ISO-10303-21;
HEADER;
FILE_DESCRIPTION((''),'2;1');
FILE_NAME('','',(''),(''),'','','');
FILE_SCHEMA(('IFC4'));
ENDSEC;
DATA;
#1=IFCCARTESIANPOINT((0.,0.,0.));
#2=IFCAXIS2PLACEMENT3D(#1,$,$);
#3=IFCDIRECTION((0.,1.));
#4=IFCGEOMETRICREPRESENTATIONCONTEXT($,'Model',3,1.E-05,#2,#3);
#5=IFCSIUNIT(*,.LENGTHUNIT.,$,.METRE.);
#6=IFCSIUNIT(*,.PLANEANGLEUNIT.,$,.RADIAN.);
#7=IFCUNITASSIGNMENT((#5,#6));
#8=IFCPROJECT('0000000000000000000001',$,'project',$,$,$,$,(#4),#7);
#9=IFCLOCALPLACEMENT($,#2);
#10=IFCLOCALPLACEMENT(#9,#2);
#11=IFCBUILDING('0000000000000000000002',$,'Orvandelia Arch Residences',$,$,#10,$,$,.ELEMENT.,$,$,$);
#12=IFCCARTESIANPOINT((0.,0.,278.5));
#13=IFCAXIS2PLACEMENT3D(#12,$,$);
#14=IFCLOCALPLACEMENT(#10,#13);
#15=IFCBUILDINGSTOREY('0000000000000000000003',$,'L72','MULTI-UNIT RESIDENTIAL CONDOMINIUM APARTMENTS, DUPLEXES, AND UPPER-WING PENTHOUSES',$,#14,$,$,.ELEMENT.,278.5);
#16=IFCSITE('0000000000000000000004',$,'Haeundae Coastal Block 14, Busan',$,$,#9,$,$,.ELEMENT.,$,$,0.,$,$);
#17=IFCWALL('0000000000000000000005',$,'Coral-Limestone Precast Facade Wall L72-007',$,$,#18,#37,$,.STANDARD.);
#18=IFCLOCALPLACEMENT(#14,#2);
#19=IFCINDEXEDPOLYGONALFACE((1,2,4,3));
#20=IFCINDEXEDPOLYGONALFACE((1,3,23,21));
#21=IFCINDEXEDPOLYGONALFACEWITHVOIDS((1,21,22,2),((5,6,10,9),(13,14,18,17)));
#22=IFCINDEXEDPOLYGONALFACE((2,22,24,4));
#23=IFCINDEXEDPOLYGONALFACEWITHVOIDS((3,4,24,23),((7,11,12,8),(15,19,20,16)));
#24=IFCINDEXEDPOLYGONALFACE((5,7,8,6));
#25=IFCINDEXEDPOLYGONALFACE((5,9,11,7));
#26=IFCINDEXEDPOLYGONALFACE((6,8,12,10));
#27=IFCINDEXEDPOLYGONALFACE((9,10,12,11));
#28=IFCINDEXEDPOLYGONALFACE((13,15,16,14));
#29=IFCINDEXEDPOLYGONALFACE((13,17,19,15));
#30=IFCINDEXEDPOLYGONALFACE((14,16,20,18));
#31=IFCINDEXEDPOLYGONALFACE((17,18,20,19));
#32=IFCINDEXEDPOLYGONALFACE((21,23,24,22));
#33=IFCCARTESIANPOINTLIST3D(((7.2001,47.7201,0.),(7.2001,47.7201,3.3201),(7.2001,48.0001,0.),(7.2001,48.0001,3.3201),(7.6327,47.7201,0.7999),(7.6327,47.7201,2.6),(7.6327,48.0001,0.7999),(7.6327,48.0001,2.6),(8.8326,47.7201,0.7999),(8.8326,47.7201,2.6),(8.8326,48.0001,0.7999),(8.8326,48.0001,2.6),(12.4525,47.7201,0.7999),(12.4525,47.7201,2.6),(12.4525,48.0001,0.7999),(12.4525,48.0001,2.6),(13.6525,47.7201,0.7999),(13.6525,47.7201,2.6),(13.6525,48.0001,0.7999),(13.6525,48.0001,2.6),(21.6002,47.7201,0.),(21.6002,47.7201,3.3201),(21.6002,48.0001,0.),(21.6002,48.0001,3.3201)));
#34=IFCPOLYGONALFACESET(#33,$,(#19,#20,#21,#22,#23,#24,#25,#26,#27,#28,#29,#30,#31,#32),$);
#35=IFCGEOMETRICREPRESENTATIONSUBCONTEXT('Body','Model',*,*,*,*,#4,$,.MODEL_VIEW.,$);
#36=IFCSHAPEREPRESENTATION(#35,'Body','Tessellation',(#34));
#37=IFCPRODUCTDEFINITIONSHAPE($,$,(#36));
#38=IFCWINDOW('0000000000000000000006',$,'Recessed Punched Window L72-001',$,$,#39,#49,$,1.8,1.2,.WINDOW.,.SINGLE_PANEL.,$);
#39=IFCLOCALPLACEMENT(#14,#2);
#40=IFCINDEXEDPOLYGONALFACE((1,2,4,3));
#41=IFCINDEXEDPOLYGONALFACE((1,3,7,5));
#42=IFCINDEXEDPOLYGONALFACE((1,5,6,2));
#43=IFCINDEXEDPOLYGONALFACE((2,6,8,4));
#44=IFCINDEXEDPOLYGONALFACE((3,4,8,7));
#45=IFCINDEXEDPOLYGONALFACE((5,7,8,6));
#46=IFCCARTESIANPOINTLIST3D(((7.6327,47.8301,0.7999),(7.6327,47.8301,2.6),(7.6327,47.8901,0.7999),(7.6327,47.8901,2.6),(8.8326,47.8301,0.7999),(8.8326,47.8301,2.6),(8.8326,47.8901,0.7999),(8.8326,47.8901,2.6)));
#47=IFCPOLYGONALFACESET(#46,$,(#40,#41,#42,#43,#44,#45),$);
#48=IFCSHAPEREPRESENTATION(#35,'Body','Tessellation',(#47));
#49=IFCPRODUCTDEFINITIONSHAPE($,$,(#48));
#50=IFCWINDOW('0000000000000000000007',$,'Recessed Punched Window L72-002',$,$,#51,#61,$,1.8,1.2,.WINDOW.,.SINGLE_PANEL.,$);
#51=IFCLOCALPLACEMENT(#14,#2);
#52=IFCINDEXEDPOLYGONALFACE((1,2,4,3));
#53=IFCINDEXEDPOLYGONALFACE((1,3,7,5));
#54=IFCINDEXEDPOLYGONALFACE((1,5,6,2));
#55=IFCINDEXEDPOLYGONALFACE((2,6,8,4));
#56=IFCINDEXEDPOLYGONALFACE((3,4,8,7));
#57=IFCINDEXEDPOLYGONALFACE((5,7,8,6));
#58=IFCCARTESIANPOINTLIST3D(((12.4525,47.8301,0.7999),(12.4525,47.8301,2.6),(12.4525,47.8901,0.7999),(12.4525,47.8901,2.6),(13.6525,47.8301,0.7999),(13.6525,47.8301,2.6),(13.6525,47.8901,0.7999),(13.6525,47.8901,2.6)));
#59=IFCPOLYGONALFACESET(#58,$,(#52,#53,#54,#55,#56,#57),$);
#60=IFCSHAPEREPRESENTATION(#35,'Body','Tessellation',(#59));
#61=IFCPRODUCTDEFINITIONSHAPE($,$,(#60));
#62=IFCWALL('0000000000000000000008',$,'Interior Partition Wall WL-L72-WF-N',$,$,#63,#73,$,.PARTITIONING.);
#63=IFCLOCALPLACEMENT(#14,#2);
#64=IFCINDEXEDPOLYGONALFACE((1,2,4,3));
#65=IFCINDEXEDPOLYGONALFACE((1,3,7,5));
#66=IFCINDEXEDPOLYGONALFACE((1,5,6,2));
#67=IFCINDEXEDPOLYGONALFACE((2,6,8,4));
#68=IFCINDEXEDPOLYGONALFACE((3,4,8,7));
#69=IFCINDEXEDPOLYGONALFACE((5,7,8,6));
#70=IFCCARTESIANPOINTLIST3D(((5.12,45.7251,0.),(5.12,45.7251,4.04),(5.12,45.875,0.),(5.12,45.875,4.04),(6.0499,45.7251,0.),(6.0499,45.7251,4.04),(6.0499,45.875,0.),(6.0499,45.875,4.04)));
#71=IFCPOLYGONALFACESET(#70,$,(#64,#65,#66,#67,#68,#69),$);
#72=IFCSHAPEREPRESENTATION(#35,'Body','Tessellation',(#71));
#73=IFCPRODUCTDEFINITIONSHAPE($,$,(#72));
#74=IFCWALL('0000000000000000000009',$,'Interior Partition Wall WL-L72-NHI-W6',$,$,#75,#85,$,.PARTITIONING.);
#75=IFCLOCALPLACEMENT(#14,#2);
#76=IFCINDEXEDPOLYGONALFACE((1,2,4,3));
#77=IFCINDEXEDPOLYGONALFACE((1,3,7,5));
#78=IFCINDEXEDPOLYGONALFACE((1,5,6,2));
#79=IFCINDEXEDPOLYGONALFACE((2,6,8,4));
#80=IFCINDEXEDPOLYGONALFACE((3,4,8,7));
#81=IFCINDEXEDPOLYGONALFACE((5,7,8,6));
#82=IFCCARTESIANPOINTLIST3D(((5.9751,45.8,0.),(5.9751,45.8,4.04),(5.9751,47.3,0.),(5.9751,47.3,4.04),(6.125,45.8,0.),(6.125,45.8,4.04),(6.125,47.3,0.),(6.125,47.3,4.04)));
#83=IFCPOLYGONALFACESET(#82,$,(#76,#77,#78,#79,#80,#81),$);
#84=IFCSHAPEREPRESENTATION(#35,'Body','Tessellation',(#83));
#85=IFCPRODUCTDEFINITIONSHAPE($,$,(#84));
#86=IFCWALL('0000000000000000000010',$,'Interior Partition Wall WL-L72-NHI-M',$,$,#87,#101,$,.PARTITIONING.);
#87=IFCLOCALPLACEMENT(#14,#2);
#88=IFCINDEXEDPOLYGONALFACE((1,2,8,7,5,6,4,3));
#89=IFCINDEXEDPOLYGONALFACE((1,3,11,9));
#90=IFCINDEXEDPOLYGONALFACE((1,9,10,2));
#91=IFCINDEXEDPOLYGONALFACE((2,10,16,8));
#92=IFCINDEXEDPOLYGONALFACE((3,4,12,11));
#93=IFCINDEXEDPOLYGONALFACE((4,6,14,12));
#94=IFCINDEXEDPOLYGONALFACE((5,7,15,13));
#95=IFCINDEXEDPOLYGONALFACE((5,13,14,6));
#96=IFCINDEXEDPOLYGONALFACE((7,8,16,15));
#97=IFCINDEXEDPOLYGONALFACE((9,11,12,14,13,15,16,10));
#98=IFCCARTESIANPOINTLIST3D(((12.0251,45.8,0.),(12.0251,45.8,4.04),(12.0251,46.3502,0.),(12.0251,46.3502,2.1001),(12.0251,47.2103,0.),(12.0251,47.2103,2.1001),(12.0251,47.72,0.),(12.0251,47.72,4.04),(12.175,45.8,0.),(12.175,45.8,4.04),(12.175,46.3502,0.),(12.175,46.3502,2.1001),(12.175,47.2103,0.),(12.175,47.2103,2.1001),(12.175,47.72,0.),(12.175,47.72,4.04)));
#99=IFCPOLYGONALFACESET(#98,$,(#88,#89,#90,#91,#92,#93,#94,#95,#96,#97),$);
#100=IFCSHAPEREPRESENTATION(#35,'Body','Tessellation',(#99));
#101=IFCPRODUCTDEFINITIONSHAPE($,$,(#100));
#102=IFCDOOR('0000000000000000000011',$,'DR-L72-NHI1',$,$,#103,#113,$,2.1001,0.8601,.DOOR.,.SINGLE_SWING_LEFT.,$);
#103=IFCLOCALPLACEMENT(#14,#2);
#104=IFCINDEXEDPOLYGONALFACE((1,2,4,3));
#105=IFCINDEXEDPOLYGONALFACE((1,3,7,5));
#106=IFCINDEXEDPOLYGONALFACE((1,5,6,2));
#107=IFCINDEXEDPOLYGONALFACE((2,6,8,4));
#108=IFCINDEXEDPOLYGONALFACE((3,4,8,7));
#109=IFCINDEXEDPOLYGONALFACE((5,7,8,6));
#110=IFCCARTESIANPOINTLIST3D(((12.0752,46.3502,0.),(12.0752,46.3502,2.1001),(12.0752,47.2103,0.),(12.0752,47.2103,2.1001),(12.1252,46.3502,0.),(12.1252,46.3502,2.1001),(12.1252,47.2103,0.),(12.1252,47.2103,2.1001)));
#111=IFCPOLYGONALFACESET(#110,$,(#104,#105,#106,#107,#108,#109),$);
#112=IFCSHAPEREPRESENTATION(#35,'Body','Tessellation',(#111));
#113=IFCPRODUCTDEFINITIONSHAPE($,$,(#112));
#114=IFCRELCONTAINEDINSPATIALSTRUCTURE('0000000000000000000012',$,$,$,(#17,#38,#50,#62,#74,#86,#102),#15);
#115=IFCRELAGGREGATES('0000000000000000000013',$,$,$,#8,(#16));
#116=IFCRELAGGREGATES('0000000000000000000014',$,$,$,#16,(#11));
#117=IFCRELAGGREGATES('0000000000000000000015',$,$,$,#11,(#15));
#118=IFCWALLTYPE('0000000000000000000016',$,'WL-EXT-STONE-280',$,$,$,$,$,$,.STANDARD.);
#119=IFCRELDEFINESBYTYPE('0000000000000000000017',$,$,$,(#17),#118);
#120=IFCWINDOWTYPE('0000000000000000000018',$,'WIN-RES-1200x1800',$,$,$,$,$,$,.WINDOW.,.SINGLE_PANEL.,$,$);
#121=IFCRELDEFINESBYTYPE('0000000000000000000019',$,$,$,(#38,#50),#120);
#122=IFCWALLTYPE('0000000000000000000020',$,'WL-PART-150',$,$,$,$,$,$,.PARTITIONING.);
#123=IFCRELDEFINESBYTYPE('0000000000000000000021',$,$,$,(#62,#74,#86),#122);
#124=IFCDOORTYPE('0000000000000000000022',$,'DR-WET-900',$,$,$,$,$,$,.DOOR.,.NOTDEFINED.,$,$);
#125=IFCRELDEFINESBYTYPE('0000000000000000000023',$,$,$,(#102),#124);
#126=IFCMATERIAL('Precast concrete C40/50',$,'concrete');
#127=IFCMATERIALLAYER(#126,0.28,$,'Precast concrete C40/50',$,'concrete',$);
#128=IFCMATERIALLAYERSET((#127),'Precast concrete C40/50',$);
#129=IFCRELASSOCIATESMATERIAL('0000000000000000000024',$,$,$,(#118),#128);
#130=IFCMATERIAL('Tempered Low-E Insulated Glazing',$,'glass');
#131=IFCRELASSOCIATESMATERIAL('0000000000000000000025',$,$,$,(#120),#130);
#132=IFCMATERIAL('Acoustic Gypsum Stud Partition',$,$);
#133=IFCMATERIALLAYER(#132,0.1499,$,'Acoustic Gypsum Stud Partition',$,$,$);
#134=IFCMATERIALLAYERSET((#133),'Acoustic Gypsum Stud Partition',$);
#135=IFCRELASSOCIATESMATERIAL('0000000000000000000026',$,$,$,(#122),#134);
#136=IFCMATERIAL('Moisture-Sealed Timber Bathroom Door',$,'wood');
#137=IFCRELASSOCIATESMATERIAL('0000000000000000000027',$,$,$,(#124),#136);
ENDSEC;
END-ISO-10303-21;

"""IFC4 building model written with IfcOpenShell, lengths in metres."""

from ifc_helpers import new_model, si_unit, direction, frame, frame_2d, origin, place, context, subcontext, project, spatial, rectangle, extrude, material, layer, layer_set, type_object, element, fill, save


model = new_model("IFC4")

# Units and contexts
model_context = context("Model", 3, precision=1e-05, world=origin(), true_north=direction((0.0, 1.0)))
body_context = subcontext(model_context, "Body", "Model", "MODEL_VIEW")
ifc_project = project(units=[si_unit("LENGTHUNIT", "METRE"), si_unit("PLANEANGLEUNIT", "RADIAN")], contexts=[model_context])

# Site, building, storey
site_placement = place(None, origin())
site = spatial("IfcSite", under=ifc_project, at=site_placement, Name="Haeundae Coastal Block 14, Busan", CompositionType="ELEMENT", RefElevation=0.0)
building_placement = place(site_placement, origin())
building = spatial("IfcBuilding", under=site, at=building_placement, Name="Orvandelia Arch Residences", CompositionType="ELEMENT")
storey_placement = place(building_placement, frame((0.0, 0.0, 278.5)))
storey = spatial("IfcBuildingStorey", under=building, at=storey_placement, Name="L72", Description="MULTI-UNIT RESIDENTIAL CONDOMINIUM APARTMENTS, DUPLEXES, AND UPPER-WING PENTHOUSES", CompositionType="ELEMENT", Elevation=278.5)

# Shared definitions
ifc_material_1 = material(Name="Precast concrete C40/50", Category="concrete")
ifc_layer_1 = layer(ifc_material_1, 0.28, Name="Precast concrete C40/50", Category="concrete")
ifc_layer_set_1 = layer_set([ifc_layer_1], Name="Precast concrete C40/50")
wall_type_1 = type_object("IfcWallType", Name="WL-EXT-STONE-280", PredefinedType="STANDARD", material=ifc_layer_set_1)

# Wall, openings, windows
wall_1_placement = place(storey_placement, frame((7.2, 47.8601, 0.0), z_axis=(0.0, 0.0, 1.0), x_axis=(1.0, 0.0, 0.0)))
wall_1 = element("IfcWall", 1, at=wall_1_placement, inside=storey, type_object=wall_type_1, Name="Coral-Limestone Precast Facade Wall L72-007", PredefinedType="STANDARD", context=body_context, shape_type="SweptSolid", body=[
    extrude(rectangle(XDim=14.4001, YDim=0.28, at=frame_2d((7.2002, 0.0))), origin(), (0.0, 0.0, 1.0), 3.3201),
])
opening_1_placement = place(wall_1_placement, frame((0.4326, 0.0, 0.8)))
opening_1 = element("IfcOpeningElement", 2, at=opening_1_placement, cuts=wall_1, PredefinedType="OPENING", context=body_context, shape_type="SweptSolid", body=[
    extrude(rectangle(XDim=1.2, YDim=1.8, at=frame_2d((0.6001, 0.8999))), frame((0.0, 0.1499, 0.0), z_axis=(0.0, -1.0, 0.0), x_axis=(1.0, 0.0, 0.0)), (0.0, 0.0, 1.0), 0.3),
])
opening_2_placement = place(wall_1_placement, frame((5.2524, 0.0, 0.8)))
opening_2 = element("IfcOpeningElement", 3, at=opening_2_placement, cuts=wall_1, PredefinedType="OPENING", context=body_context, shape_type="SweptSolid", body=[
    extrude(rectangle(XDim=1.2, YDim=1.8, at=frame_2d((0.6001, 0.8999))), frame((0.0, 0.1499, 0.0), z_axis=(0.0, -1.0, 0.0), x_axis=(1.0, 0.0, 0.0)), (0.0, 0.0, 1.0), 0.3),
])
ifc_material_2 = material(Name="Tempered Low-E Insulated Glazing", Category="glass")
window_type = type_object("IfcWindowType", Name="WIN-RES-1200x1800", PartitioningType="SINGLE_PANEL", PredefinedType="WINDOW", material=ifc_material_2)
window_1_placement = place(opening_1_placement, origin())
window_1 = element("IfcWindow", 4, at=window_1_placement, inside=storey, type_object=window_type, Name="Recessed Punched Window L72-001", OverallHeight=1.8, OverallWidth=1.2, PartitioningType="SINGLE_PANEL", PredefinedType="WINDOW", context=body_context, shape_type="SweptSolid", body=[
    extrude(rectangle(XDim=1.2, YDim=1.8, at=frame_2d((0.6001, 0.8999))), frame((0.0, 0.03, 0.0), z_axis=(0.0, -1.0, 0.0), x_axis=(1.0, 0.0, 0.0)), (0.0, 0.0, 1.0), 0.0601),
])
fill(opening_1, window_1)
window_2_placement = place(opening_2_placement, origin())
window_2 = element("IfcWindow", 5, at=window_2_placement, inside=storey, type_object=window_type, Name="Recessed Punched Window L72-002", OverallHeight=1.8, OverallWidth=1.2, PartitioningType="SINGLE_PANEL", PredefinedType="WINDOW", context=body_context, shape_type="SweptSolid", body=[
    extrude(rectangle(XDim=1.2, YDim=1.8, at=frame_2d((0.6001, 0.8999))), frame((0.0, 0.03, 0.0), z_axis=(0.0, -1.0, 0.0), x_axis=(1.0, 0.0, 0.0)), (0.0, 0.0, 1.0), 0.0601),
])
fill(opening_2, window_2)

# Walls
ifc_material_3 = material(Name="Acoustic Gypsum Stud Partition")
ifc_layer_2 = layer(ifc_material_3, 0.1499, Name="Acoustic Gypsum Stud Partition")
ifc_layer_set_2 = layer_set([ifc_layer_2], Name="Acoustic Gypsum Stud Partition")
wall_type_2 = type_object("IfcWallType", Name="WL-PART-150", PredefinedType="PARTITIONING", material=ifc_layer_set_2)
wall_2_placement = place(storey_placement, frame((5.1201, 45.8, 0.0), z_axis=(0.0, 0.0, 1.0), x_axis=(1.0, 0.0, 0.0)))
element("IfcWall", 6, at=wall_2_placement, inside=storey, type_object=wall_type_2, Name="Interior Partition Wall WL-L72-WF-N", PredefinedType="PARTITIONING", context=body_context, shape_type="SweptSolid", body=[
    extrude(rectangle(XDim=0.9299, YDim=0.1499, at=frame_2d((0.4648, 0.0))), origin(), (0.0, 0.0, 1.0), 4.04),
])
wall_3_placement = place(storey_placement, frame((6.05, 45.8, 0.0), z_axis=(0.0, 0.0, 1.0), x_axis=(0.0, 1.0, 0.0)))
element("IfcWall", 7, at=wall_3_placement, inside=storey, type_object=wall_type_2, Name="Interior Partition Wall WL-L72-NHI-W6", PredefinedType="PARTITIONING", context=body_context, shape_type="SweptSolid", body=[
    extrude(rectangle(XDim=1.5, YDim=0.1499, at=frame_2d((0.75, 0.0))), origin(), (0.0, 0.0, 1.0), 4.04),
])

# Wall, opening, door
wall_4_placement = place(storey_placement, frame((12.1001, 45.8, 0.0), z_axis=(0.0, 0.0, 1.0), x_axis=(0.0, 1.0, 0.0)))
wall_4 = element("IfcWall", 8, at=wall_4_placement, inside=storey, type_object=wall_type_2, Name="Interior Partition Wall WL-L72-NHI-M", PredefinedType="PARTITIONING", context=body_context, shape_type="SweptSolid", body=[
    extrude(rectangle(XDim=1.9199, YDim=0.1499, at=frame_2d((0.96, 0.0))), origin(), (0.0, 0.0, 1.0), 4.04),
])
opening_3_placement = place(wall_4_placement, frame((0.55, 0.0, 0.0)))
opening_3 = element("IfcOpeningElement", 9, at=opening_3_placement, cuts=wall_4, PredefinedType="OPENING", context=body_context, shape_type="SweptSolid", body=[
    extrude(rectangle(XDim=0.8601, YDim=2.1001, at=frame_2d((0.4302, 1.05))), frame((0.0, 0.085, 0.0), z_axis=(0.0, -1.0, 0.0), x_axis=(1.0, 0.0, 0.0)), (0.0, 0.0, 1.0), 0.1699),
])
ifc_material_4 = material(Name="Moisture-Sealed Timber Bathroom Door", Category="wood")
door_type_1 = type_object("IfcDoorType", Name="DR-WET-900", OperationType="NOTDEFINED", PredefinedType="DOOR", material=ifc_material_4)
door_1_placement = place(opening_3_placement, origin())
door_1 = element("IfcDoor", 10, at=door_1_placement, inside=storey, type_object=door_type_1, Name="DR-L72-NHI1", OperationType="SINGLE_SWING_LEFT", OverallHeight=2.1001, OverallWidth=0.8601, PredefinedType="DOOR", context=body_context, shape_type="SweptSolid", body=[
    extrude(rectangle(XDim=0.8601, YDim=2.1001, at=frame_2d((0.4302, 1.05))), frame((0.0, 0.0249, 0.0), z_axis=(0.0, -1.0, 0.0), x_axis=(1.0, 0.0, 0.0)), (0.0, 0.0, 1.0), 0.05),
])
fill(opening_3, door_1)

save(model, "model.ifc")
